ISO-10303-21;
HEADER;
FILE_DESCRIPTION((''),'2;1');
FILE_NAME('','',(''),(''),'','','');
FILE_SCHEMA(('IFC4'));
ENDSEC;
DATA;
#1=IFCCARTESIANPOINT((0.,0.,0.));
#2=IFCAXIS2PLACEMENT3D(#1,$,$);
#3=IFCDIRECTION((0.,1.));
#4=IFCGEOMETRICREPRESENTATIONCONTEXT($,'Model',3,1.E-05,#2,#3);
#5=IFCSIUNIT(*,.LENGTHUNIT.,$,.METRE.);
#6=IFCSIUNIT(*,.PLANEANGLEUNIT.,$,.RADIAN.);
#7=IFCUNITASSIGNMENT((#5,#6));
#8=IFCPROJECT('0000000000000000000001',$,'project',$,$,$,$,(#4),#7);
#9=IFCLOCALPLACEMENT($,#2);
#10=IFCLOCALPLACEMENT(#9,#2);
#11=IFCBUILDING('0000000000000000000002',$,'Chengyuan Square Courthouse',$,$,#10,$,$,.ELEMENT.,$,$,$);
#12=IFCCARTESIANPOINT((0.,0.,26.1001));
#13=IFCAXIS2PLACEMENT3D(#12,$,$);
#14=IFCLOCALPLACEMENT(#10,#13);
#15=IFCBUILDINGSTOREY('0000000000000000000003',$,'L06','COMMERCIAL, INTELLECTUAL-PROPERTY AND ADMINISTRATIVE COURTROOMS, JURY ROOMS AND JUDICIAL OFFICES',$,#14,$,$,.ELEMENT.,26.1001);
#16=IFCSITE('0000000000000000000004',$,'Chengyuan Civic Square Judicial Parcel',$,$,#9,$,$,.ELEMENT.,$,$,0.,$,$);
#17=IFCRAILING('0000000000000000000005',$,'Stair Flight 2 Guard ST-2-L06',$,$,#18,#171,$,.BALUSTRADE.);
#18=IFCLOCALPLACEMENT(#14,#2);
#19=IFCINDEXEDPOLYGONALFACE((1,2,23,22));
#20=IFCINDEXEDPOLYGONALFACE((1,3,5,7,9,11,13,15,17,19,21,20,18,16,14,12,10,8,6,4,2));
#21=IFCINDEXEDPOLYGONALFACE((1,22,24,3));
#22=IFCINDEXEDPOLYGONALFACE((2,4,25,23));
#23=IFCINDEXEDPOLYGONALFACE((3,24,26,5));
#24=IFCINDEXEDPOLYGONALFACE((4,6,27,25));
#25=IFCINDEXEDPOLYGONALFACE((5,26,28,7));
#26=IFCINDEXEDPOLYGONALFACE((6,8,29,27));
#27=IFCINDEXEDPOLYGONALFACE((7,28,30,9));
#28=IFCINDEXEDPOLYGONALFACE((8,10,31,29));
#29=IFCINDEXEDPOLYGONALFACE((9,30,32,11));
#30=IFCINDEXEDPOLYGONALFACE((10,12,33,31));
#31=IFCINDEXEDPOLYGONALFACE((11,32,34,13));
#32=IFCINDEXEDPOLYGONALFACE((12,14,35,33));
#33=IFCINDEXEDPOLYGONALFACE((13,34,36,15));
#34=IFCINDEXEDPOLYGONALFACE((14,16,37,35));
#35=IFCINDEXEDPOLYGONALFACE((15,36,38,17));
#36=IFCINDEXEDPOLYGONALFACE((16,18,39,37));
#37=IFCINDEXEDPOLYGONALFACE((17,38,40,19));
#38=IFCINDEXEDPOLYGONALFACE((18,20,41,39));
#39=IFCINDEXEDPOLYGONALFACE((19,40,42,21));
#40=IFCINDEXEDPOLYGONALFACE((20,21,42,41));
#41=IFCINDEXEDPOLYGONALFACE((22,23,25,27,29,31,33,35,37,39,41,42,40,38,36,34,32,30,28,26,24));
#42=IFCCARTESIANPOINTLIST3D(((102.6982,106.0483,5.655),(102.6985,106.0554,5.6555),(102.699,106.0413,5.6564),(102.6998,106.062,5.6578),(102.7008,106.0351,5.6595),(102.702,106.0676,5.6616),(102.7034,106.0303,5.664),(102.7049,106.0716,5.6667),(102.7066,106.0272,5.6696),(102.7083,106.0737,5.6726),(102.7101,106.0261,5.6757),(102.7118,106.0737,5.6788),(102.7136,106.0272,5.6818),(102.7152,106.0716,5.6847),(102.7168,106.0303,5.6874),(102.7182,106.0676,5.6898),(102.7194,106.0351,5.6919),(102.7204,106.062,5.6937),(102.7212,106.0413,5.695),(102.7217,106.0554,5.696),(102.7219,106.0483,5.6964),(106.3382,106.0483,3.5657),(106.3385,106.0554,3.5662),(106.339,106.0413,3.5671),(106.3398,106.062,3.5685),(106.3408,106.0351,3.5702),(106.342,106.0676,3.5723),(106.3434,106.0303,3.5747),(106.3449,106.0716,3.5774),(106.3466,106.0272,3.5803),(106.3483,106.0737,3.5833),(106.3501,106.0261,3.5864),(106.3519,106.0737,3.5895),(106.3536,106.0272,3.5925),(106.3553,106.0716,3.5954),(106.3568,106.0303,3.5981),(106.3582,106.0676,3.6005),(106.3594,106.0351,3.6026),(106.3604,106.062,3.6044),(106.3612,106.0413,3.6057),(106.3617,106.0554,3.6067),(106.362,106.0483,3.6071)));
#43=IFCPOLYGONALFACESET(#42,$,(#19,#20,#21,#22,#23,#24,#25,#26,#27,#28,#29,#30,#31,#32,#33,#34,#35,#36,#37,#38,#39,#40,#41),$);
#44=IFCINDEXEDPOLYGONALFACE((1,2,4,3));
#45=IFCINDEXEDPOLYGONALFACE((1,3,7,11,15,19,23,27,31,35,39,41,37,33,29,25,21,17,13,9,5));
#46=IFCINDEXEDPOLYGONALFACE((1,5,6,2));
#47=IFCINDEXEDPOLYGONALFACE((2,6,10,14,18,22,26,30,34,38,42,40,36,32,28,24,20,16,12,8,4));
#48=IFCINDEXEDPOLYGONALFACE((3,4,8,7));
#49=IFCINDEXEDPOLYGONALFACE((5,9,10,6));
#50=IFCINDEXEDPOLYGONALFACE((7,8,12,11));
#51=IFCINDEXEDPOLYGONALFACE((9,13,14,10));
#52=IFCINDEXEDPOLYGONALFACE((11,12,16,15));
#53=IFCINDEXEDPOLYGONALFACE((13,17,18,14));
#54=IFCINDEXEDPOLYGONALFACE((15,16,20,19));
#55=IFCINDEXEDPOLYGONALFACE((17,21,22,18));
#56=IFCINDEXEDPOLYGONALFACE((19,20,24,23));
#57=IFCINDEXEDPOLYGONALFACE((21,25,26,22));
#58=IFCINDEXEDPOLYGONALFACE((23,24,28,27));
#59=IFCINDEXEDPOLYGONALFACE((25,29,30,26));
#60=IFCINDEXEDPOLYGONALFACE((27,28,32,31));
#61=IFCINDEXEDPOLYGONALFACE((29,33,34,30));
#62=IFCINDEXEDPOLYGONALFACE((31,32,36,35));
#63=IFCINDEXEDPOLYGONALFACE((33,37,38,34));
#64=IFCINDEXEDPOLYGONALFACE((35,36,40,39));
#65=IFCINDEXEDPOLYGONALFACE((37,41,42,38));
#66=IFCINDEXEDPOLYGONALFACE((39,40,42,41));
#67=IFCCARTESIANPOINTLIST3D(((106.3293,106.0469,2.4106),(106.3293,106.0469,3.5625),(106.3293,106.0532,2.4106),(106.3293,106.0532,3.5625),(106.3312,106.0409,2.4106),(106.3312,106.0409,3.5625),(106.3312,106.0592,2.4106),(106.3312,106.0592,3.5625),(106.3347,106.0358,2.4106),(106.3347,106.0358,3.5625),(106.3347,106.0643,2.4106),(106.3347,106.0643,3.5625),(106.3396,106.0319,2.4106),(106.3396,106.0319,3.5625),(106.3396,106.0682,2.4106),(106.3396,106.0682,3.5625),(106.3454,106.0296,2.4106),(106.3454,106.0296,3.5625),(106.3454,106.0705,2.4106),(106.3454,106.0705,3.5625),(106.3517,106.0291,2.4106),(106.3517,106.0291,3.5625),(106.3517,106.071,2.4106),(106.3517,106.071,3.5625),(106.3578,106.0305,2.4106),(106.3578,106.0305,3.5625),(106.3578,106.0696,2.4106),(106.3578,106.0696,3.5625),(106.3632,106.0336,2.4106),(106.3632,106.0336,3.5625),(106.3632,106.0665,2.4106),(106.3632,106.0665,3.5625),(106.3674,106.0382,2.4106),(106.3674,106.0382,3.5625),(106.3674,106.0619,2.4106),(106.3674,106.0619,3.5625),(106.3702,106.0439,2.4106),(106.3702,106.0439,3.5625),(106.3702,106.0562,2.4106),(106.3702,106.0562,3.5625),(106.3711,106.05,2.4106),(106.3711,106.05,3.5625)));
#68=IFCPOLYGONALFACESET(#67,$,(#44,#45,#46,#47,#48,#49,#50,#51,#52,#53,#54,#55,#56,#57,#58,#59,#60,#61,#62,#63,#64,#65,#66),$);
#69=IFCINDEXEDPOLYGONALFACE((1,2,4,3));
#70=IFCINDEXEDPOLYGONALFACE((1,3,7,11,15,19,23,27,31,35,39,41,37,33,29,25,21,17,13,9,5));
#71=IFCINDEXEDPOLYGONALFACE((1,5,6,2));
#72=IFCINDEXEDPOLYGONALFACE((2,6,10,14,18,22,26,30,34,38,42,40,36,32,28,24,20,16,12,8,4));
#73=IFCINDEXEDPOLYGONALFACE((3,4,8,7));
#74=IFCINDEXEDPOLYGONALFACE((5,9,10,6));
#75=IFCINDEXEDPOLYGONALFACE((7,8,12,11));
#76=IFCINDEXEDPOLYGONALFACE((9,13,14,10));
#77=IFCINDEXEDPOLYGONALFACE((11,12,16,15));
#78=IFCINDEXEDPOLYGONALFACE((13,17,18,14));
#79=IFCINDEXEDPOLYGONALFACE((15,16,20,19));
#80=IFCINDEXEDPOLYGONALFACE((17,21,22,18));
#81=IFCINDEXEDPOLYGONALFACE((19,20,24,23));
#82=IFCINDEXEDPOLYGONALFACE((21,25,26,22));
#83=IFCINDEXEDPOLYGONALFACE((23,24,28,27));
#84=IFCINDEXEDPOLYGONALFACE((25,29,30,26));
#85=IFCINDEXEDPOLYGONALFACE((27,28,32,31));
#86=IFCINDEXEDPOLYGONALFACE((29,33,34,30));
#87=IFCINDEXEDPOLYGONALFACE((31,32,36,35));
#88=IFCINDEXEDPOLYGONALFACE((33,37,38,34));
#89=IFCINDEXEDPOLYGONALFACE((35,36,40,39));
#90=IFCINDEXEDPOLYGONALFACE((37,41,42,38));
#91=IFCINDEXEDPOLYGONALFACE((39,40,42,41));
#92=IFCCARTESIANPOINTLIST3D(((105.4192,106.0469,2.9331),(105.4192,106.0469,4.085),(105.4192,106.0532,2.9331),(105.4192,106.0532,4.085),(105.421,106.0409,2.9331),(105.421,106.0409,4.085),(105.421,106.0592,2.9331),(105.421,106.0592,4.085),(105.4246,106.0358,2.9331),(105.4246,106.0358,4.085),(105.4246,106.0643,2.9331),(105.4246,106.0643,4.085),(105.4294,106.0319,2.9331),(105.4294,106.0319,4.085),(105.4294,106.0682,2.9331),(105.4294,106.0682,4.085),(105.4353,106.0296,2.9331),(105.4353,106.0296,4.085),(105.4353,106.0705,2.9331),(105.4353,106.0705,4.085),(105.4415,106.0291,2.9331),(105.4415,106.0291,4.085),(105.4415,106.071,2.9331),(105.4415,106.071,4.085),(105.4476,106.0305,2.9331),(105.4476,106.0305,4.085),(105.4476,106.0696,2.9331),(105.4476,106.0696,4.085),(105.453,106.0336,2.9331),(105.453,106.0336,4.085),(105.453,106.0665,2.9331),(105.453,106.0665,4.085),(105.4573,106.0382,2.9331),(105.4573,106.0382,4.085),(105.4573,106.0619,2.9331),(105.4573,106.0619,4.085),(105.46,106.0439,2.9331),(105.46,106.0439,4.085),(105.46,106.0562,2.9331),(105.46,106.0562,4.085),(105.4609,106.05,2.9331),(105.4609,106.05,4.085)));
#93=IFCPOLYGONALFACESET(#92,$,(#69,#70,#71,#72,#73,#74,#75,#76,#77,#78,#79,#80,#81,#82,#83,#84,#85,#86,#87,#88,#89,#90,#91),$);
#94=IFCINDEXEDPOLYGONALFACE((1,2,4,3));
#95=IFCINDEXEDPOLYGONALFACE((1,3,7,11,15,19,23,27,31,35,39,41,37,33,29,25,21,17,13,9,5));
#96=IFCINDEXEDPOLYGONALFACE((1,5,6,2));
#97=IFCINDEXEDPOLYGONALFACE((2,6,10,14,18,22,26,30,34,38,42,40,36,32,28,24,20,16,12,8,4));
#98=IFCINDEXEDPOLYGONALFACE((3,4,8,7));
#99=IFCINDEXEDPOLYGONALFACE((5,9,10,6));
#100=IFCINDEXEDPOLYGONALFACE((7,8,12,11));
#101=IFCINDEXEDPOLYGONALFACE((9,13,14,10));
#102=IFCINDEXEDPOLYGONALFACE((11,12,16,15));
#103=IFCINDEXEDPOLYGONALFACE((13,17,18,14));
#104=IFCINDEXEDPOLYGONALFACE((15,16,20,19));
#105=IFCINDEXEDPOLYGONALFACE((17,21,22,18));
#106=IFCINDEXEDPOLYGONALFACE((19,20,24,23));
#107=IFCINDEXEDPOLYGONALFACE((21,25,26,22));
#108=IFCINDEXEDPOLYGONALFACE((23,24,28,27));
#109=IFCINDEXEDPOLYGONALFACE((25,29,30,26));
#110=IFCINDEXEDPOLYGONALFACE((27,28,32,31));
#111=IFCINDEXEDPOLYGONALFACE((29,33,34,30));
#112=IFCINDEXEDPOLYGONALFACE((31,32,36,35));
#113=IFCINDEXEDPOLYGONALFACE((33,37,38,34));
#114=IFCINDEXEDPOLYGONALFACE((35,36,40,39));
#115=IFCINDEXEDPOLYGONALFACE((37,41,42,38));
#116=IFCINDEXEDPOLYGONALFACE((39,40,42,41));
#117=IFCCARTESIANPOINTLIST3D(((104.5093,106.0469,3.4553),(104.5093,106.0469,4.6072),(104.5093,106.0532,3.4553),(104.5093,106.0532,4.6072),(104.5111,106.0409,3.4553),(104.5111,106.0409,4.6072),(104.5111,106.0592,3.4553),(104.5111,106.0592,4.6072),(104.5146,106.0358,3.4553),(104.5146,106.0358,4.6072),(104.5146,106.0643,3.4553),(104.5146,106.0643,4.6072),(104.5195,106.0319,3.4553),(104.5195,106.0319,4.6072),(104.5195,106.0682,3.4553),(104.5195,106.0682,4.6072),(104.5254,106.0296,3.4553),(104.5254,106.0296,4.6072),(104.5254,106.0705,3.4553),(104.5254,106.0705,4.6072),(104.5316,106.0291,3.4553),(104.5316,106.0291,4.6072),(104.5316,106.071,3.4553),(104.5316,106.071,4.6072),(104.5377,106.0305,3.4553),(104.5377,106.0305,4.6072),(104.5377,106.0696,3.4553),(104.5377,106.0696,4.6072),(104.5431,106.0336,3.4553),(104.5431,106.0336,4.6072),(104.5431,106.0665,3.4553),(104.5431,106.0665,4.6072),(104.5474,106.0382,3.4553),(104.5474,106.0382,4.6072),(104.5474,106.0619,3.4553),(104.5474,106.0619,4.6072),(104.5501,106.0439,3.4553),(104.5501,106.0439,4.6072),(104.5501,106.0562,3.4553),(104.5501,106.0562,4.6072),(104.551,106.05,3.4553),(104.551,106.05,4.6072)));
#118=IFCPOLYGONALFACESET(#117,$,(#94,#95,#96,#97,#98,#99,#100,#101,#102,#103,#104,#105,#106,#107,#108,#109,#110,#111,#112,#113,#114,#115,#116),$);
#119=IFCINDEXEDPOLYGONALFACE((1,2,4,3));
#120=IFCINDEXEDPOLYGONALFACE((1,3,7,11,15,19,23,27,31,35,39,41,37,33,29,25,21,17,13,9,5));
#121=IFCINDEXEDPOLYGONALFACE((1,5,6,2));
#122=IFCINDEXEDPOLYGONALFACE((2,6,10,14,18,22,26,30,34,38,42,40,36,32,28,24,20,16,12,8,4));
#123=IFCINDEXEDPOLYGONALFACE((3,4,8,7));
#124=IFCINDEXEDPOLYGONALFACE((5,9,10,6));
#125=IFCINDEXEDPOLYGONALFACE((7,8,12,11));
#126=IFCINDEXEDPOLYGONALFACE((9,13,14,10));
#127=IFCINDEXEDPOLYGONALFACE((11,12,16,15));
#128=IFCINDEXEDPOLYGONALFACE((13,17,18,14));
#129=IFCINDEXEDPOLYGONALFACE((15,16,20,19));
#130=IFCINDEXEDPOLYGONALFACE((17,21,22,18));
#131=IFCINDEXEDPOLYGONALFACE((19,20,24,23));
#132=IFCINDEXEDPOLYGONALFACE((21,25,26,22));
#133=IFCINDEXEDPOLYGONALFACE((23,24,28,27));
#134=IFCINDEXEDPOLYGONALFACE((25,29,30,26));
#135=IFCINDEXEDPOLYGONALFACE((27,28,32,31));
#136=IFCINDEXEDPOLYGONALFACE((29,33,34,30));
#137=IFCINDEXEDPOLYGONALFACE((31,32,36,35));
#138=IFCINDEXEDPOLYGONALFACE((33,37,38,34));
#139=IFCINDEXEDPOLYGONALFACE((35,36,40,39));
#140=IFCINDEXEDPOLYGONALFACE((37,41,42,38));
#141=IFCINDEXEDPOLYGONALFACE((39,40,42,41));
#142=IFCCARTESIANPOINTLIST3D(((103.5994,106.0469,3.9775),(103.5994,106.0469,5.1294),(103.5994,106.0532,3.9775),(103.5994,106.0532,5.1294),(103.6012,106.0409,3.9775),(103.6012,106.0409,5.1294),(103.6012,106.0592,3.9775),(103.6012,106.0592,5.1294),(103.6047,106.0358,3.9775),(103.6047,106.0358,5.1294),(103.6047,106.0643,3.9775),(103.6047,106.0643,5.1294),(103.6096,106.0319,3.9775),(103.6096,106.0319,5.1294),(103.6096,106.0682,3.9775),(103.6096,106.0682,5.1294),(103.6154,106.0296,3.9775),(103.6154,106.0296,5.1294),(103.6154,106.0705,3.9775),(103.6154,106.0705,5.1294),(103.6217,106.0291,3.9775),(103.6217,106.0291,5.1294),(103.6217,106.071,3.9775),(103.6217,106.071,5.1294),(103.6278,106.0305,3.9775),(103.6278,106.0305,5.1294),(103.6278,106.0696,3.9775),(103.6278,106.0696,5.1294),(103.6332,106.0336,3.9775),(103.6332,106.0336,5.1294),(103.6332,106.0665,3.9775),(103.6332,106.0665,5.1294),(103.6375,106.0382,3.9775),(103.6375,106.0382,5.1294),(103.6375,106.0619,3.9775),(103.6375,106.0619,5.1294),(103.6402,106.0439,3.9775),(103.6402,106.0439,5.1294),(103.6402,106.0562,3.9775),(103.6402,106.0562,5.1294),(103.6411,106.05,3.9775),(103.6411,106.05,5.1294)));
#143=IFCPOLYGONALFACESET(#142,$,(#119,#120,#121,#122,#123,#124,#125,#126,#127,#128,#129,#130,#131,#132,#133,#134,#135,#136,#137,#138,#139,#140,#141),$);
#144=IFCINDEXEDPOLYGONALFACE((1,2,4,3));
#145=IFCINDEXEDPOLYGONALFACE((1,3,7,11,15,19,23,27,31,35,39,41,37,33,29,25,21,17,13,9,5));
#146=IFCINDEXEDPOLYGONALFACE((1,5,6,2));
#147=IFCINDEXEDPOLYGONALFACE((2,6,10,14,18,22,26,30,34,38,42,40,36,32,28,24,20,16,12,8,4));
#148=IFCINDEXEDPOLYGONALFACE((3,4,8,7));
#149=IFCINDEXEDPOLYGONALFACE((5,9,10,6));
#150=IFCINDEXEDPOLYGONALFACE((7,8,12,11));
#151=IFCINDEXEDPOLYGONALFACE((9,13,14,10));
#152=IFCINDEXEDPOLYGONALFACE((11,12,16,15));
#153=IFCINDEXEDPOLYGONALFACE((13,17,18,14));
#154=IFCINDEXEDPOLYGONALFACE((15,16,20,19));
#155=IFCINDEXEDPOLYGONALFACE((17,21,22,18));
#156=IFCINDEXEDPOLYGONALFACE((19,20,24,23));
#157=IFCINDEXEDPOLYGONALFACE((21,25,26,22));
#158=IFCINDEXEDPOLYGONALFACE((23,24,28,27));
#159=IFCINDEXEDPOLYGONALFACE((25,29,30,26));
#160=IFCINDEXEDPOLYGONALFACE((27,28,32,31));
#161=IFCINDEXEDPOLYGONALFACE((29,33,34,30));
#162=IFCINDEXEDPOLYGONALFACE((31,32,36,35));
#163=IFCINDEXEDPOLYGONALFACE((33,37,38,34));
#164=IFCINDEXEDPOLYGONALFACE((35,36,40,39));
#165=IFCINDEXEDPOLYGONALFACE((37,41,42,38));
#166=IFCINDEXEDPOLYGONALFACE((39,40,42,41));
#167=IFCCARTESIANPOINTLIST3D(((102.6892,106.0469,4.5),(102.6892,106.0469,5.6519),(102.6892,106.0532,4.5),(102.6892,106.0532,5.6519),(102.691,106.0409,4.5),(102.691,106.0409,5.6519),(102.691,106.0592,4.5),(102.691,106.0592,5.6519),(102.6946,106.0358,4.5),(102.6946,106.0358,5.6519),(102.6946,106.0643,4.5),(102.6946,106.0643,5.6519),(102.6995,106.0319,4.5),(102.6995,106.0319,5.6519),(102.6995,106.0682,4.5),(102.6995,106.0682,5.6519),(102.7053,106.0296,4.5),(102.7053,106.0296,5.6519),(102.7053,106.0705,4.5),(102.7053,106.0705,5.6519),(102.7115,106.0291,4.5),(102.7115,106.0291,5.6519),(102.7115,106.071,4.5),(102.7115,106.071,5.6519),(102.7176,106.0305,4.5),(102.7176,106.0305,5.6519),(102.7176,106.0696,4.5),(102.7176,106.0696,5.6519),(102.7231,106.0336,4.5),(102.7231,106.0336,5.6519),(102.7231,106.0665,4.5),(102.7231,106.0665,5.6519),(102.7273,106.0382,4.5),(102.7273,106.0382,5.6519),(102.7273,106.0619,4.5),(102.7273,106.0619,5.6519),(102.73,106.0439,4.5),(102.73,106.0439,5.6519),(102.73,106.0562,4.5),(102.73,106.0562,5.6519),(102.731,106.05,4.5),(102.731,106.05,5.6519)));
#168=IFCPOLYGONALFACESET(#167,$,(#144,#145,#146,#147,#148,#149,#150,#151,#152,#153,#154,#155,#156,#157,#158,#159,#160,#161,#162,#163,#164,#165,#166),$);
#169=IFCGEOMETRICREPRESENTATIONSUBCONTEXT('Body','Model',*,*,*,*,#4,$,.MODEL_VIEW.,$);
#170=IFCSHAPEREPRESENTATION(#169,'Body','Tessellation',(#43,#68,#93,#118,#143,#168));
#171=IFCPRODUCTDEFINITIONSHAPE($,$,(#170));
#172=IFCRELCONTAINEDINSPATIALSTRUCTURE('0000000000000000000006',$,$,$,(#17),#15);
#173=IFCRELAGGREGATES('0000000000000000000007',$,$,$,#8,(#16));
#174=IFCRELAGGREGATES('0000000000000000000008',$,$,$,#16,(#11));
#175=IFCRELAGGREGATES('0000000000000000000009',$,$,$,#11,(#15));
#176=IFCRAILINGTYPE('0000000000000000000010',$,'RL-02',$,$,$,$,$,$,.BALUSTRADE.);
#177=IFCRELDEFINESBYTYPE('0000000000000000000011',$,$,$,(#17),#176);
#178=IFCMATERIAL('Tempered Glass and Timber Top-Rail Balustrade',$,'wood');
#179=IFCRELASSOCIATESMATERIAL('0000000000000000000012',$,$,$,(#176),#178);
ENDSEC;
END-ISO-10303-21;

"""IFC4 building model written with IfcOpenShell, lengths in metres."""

from ifc_helpers import new_model, si_unit, direction, frame, origin, origin_2d, place, context, subcontext, project, spatial, circle, extrude, material, type_object, element, save


model = new_model("IFC4")

# Units and contexts
model_context = context("Model", 3, precision=1e-05, world=origin(), true_north=direction((0.0, 1.0)))
body_context = subcontext(model_context, "Body", "Model", "MODEL_VIEW")
ifc_project = project(units=[si_unit("LENGTHUNIT", "METRE"), si_unit("PLANEANGLEUNIT", "RADIAN")], contexts=[model_context])

# Site, building, storey
site_placement = place(None, origin())
site = spatial("IfcSite", under=ifc_project, at=site_placement, Name="Chengyuan Civic Square Judicial Parcel", CompositionType="ELEMENT", RefElevation=0.0)
building_placement = place(site_placement, origin())
building = spatial("IfcBuilding", under=site, at=building_placement, Name="Chengyuan Square Courthouse", CompositionType="ELEMENT")
storey_placement = place(building_placement, frame((0.0, 0.0, 26.1001)))
storey = spatial("IfcBuildingStorey", under=building, at=storey_placement, Name="L06", Description="COMMERCIAL, INTELLECTUAL-PROPERTY AND ADMINISTRATIVE COURTROOMS, JURY ROOMS AND JUDICIAL OFFICES", CompositionType="ELEMENT", Elevation=26.1001)

# Railing
ifc_material_1 = material(Name="Tempered Glass and Timber Top-Rail Balustrade", Category="wood")
railing_type_1 = type_object("IfcRailingType", Name="RL-02", PredefinedType="BALUSTRADE", material=ifc_material_1)
railing_1_placement = place(storey_placement, frame((106.3501, 106.05, 2.4106)))
element("IfcRailing", 1, at=railing_1_placement, inside=storey, type_object=railing_type_1, Name="Stair Flight 2 Guard ST-2-L06", PredefinedType="BALUSTRADE", context=body_context, shape_type="SweptSolid", body=[
    extrude(circle(Radius=0.0239, at=origin_2d()), frame((0.0, 0.0, 1.1758), z_axis=(-0.867289, 0.0, 0.497804), x_axis=(0.0, -1.0, 0.0)), (0.0, 0.0, 1.0), 4.197),
    extrude(circle(Radius=0.021, at=origin_2d()), origin(), (0.0, 0.0, 1.0), 1.1519),
    extrude(circle(Radius=0.021, at=origin_2d()), frame((-0.9102, 0.0, 0.5225)), (0.0, 0.0, 1.0), 1.1519),
    extrude(circle(Radius=0.021, at=origin_2d()), frame((-1.8201, 0.0, 1.0447)), (0.0, 0.0, 1.0), 1.1519),
    extrude(circle(Radius=0.021, at=origin_2d()), frame((-2.73, 0.0, 1.5669)), (0.0, 0.0, 1.0), 1.1519),
    extrude(circle(Radius=0.021, at=origin_2d()), frame((-3.6401, 0.0, 2.0894)), (0.0, 0.0, 1.0), 1.1519),
])

save(model, "model.ifc")
